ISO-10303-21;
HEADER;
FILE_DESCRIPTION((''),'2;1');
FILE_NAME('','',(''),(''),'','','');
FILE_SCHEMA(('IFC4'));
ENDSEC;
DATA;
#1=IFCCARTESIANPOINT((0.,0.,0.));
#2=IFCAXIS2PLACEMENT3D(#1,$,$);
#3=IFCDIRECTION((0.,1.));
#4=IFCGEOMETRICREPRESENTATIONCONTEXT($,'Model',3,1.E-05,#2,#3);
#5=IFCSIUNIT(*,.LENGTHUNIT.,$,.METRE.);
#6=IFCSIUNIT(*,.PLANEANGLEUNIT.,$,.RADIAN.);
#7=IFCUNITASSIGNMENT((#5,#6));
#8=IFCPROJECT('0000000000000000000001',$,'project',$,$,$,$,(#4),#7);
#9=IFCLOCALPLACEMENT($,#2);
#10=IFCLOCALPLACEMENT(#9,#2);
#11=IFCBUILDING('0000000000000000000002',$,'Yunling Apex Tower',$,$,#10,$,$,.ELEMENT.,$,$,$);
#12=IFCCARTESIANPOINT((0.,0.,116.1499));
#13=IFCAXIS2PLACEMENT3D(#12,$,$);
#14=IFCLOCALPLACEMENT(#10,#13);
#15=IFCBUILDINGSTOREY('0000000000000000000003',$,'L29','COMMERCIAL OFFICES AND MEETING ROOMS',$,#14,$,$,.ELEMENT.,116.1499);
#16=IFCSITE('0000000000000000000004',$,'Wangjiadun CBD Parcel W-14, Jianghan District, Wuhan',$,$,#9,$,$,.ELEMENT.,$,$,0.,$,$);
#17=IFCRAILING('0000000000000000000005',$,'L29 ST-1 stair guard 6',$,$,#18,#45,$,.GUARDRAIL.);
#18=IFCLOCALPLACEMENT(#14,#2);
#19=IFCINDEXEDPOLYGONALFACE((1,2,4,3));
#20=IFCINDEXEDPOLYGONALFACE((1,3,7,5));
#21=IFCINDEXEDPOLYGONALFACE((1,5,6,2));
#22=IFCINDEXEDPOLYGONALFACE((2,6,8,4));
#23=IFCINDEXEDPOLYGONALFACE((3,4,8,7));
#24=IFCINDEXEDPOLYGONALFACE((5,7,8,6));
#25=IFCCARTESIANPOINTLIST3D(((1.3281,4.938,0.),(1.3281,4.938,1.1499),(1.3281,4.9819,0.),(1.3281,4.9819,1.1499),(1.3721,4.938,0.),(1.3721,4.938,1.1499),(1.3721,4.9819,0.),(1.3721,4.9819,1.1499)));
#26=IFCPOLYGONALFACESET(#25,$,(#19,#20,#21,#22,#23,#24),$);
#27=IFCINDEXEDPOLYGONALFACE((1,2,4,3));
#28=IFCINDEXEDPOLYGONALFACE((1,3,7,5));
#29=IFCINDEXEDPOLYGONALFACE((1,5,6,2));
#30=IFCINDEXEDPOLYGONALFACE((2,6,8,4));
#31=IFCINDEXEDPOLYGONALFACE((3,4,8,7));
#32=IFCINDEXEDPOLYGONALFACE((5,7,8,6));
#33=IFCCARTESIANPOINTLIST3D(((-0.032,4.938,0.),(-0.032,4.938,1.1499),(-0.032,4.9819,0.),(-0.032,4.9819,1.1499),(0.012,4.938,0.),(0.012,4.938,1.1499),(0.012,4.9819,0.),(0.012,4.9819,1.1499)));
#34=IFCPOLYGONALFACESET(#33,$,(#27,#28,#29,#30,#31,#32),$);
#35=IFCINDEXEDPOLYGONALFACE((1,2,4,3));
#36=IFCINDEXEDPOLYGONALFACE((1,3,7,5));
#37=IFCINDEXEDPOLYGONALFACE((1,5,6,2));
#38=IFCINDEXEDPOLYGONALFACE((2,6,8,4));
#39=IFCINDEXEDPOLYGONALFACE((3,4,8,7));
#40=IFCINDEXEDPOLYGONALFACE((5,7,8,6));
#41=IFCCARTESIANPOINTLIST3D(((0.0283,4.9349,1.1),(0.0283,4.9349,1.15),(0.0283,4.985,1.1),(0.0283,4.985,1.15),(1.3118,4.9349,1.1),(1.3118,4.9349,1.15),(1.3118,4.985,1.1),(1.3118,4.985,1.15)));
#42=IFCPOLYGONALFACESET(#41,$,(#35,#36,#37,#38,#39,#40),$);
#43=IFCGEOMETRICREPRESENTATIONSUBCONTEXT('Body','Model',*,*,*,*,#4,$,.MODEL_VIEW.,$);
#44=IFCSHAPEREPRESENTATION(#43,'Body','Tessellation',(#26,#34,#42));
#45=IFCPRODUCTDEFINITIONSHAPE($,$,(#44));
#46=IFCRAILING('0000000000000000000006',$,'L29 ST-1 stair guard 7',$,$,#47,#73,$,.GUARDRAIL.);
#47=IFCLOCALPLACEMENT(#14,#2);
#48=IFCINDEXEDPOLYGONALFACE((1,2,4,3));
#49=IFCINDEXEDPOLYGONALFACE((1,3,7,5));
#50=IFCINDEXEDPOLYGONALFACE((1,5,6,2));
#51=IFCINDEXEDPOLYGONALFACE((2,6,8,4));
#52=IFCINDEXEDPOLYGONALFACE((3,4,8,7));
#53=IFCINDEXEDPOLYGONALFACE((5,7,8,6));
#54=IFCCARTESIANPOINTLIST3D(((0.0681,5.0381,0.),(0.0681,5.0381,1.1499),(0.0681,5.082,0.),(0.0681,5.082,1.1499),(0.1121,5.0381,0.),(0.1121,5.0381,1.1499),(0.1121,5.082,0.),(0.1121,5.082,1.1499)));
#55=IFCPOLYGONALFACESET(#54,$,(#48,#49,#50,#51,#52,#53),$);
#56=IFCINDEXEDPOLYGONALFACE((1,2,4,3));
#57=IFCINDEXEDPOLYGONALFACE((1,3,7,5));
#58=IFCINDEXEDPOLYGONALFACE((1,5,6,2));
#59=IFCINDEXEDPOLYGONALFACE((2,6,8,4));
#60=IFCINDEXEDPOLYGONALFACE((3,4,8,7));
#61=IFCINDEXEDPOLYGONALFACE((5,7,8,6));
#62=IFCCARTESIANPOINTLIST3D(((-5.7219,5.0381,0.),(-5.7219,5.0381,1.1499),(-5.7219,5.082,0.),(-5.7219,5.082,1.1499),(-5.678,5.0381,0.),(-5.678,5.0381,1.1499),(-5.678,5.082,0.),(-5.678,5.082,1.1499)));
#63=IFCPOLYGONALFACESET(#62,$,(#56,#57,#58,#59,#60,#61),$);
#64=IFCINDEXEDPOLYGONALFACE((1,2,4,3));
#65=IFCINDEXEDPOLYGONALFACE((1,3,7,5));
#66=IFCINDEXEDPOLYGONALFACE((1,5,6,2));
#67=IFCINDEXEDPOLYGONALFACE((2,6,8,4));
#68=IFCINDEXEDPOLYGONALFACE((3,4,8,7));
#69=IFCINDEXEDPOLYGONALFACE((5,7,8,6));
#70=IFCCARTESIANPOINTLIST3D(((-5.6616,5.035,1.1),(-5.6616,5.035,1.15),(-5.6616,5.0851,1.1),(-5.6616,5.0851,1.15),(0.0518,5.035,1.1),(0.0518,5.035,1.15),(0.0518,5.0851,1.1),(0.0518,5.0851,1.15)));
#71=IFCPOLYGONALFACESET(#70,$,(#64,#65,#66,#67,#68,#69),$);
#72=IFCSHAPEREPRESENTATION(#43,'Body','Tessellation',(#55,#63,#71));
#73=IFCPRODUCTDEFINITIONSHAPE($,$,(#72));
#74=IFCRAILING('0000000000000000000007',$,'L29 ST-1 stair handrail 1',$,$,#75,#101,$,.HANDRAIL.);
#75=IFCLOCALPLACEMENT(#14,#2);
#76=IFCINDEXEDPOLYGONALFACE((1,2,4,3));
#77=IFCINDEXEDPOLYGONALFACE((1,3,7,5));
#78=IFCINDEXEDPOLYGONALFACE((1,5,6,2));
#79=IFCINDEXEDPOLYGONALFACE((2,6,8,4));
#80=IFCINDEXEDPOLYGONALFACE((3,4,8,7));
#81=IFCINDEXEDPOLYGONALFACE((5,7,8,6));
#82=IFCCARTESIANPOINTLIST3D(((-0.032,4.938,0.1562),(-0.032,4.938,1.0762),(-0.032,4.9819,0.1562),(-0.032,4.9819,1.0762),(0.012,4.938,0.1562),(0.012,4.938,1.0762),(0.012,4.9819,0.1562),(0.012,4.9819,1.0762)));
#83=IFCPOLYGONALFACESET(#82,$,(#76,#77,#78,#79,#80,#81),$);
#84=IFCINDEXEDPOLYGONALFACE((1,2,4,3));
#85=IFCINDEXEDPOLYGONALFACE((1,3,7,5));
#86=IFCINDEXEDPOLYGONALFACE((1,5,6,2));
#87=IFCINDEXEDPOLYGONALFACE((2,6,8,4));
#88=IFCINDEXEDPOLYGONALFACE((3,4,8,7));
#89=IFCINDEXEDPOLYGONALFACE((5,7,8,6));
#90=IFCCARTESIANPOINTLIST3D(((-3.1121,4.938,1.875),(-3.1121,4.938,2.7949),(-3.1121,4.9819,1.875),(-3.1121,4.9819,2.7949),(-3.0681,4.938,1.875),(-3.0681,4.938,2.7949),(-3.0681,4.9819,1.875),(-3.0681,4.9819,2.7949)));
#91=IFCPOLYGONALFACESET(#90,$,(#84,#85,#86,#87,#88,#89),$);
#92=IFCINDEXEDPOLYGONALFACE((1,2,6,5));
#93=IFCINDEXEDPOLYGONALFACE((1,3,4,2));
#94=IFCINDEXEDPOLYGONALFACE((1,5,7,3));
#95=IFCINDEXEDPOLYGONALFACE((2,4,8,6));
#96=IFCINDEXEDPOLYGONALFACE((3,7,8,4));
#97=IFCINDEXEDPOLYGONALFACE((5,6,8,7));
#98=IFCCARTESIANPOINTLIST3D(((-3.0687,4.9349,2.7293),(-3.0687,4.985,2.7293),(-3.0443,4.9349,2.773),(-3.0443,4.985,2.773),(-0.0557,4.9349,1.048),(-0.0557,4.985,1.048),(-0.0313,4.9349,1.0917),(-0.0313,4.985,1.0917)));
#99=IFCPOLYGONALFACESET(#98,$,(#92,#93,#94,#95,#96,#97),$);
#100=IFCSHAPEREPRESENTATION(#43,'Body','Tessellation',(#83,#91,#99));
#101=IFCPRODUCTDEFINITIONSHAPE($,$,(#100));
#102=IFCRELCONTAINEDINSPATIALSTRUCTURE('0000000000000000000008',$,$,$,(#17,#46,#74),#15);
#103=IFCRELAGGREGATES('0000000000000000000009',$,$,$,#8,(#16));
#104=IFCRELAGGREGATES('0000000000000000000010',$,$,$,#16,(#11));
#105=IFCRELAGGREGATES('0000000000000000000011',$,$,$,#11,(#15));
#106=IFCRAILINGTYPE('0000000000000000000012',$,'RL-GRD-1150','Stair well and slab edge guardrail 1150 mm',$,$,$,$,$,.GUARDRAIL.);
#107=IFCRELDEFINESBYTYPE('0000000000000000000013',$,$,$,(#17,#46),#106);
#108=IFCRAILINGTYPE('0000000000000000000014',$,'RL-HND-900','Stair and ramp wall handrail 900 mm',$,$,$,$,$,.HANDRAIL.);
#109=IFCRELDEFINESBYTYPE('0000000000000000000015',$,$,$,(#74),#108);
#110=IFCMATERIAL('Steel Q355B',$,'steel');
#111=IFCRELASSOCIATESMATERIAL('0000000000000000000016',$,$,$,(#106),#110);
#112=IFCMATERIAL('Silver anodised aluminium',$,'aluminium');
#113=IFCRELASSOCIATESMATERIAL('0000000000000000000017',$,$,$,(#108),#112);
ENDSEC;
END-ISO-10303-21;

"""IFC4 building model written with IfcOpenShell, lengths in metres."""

from ifc_helpers import new_model, si_unit, direction, frame, origin, origin_2d, place, context, subcontext, project, spatial, rectangle, extrude, material, type_object, element, save


model = new_model("IFC4")

# Units and contexts
model_context = context("Model", 3, precision=1e-05, world=origin(), true_north=direction((0.0, 1.0)))
body_context = subcontext(model_context, "Body", "Model", "MODEL_VIEW")
ifc_project = project(units=[si_unit("LENGTHUNIT", "METRE"), si_unit("PLANEANGLEUNIT", "RADIAN")], contexts=[model_context])

# Site, building, storey
site_placement = place(None, origin())
site = spatial("IfcSite", under=ifc_project, at=site_placement, Name="Wangjiadun CBD Parcel W-14, Jianghan District, Wuhan", CompositionType="ELEMENT", RefElevation=0.0)
building_placement = place(site_placement, origin())
building = spatial("IfcBuilding", under=site, at=building_placement, Name="Yunling Apex Tower", CompositionType="ELEMENT")
storey_placement = place(building_placement, frame((0.0, 0.0, 116.1499)))
storey = spatial("IfcBuildingStorey", under=building, at=storey_placement, Name="L29", Description="COMMERCIAL OFFICES AND MEETING ROOMS", CompositionType="ELEMENT", Elevation=116.1499)

# Shared definitions
ifc_material_1 = material(Name="Steel Q355B", Category="steel")

# Railings
railing_type_1 = type_object("IfcRailingType", Name="RL-GRD-1150", Description="Stair well and slab edge guardrail 1150 mm", PredefinedType="GUARDRAIL", material=ifc_material_1)
railing_1_placement = place(storey_placement, frame((1.3501, 4.96, 0.0)))
element("IfcRailing", 1, at=railing_1_placement, inside=storey, type_object=railing_type_1, Name="L29 ST-1 stair guard 6", PredefinedType="GUARDRAIL", context=body_context, shape_type="SweptSolid", body=[
    extrude(rectangle(XDim=0.0439, YDim=0.0439, at=origin_2d()), origin(), (0.0, 0.0, 1.0), 1.1499),
    extrude(rectangle(XDim=0.0439, YDim=0.0439, at=origin_2d()), frame((-1.3601, 0.0, 0.0)), (0.0, 0.0, 1.0), 1.1499),
    extrude(rectangle(XDim=0.05, YDim=0.05, at=origin_2d()), frame((-0.0383, 0.0, 1.125), z_axis=(-1.0, 0.0, 0.0), x_axis=(0.0, -1.0, 0.0)), (0.0, 0.0, 1.0), 1.2834),
])
railing_2_placement = place(storey_placement, frame((0.0901, 5.0601, 0.0)))
element("IfcRailing", 2, at=railing_2_placement, inside=storey, type_object=railing_type_1, Name="L29 ST-1 stair guard 7", PredefinedType="GUARDRAIL", context=body_context, shape_type="SweptSolid", body=[
    extrude(rectangle(XDim=0.0439, YDim=0.0439, at=origin_2d()), origin(), (0.0, 0.0, 1.0), 1.1499),
    extrude(rectangle(XDim=0.0439, YDim=0.0439, at=origin_2d()), frame((-5.79, 0.0, 0.0)), (0.0, 0.0, 1.0), 1.1499),
    extrude(rectangle(XDim=0.05, YDim=0.05, at=origin_2d()), frame((-0.0383, 0.0, 1.125), z_axis=(-1.0, 0.0, 0.0), x_axis=(0.0, -1.0, 0.0)), (0.0, 0.0, 1.0), 5.7134),
])
ifc_material_2 = material(Name="Silver anodised aluminium", Category="aluminium")
railing_type_2 = type_object("IfcRailingType", Name="RL-HND-900", Description="Stair and ramp wall handrail 900 mm", PredefinedType="HANDRAIL", material=ifc_material_2)
railing_3_placement = place(storey_placement, frame((-0.01, 4.96, 0.1562)))
element("IfcRailing", 3, at=railing_3_placement, inside=storey, type_object=railing_type_2, Name="L29 ST-1 stair handrail 1", PredefinedType="HANDRAIL", context=body_context, shape_type="SweptSolid", body=[
    extrude(rectangle(XDim=0.0439, YDim=0.0439, at=origin_2d()), origin(), (0.0, 0.0, 1.0), 0.9199),
    extrude(rectangle(XDim=0.0439, YDim=0.0439, at=origin_2d()), frame((-3.0801, 0.0, 1.7188)), (0.0, 0.0, 1.0), 0.9199),
    extrude(rectangle(XDim=0.05, YDim=0.05, at=origin_2d()), frame((-0.0334, 0.0, 0.9136), z_axis=(-0.873242, 0.0, 0.487288), x_axis=(0.0, -1.0, 0.0)), (0.0, 0.0, 1.0), 3.4504),
])

save(model, "model.ifc")
